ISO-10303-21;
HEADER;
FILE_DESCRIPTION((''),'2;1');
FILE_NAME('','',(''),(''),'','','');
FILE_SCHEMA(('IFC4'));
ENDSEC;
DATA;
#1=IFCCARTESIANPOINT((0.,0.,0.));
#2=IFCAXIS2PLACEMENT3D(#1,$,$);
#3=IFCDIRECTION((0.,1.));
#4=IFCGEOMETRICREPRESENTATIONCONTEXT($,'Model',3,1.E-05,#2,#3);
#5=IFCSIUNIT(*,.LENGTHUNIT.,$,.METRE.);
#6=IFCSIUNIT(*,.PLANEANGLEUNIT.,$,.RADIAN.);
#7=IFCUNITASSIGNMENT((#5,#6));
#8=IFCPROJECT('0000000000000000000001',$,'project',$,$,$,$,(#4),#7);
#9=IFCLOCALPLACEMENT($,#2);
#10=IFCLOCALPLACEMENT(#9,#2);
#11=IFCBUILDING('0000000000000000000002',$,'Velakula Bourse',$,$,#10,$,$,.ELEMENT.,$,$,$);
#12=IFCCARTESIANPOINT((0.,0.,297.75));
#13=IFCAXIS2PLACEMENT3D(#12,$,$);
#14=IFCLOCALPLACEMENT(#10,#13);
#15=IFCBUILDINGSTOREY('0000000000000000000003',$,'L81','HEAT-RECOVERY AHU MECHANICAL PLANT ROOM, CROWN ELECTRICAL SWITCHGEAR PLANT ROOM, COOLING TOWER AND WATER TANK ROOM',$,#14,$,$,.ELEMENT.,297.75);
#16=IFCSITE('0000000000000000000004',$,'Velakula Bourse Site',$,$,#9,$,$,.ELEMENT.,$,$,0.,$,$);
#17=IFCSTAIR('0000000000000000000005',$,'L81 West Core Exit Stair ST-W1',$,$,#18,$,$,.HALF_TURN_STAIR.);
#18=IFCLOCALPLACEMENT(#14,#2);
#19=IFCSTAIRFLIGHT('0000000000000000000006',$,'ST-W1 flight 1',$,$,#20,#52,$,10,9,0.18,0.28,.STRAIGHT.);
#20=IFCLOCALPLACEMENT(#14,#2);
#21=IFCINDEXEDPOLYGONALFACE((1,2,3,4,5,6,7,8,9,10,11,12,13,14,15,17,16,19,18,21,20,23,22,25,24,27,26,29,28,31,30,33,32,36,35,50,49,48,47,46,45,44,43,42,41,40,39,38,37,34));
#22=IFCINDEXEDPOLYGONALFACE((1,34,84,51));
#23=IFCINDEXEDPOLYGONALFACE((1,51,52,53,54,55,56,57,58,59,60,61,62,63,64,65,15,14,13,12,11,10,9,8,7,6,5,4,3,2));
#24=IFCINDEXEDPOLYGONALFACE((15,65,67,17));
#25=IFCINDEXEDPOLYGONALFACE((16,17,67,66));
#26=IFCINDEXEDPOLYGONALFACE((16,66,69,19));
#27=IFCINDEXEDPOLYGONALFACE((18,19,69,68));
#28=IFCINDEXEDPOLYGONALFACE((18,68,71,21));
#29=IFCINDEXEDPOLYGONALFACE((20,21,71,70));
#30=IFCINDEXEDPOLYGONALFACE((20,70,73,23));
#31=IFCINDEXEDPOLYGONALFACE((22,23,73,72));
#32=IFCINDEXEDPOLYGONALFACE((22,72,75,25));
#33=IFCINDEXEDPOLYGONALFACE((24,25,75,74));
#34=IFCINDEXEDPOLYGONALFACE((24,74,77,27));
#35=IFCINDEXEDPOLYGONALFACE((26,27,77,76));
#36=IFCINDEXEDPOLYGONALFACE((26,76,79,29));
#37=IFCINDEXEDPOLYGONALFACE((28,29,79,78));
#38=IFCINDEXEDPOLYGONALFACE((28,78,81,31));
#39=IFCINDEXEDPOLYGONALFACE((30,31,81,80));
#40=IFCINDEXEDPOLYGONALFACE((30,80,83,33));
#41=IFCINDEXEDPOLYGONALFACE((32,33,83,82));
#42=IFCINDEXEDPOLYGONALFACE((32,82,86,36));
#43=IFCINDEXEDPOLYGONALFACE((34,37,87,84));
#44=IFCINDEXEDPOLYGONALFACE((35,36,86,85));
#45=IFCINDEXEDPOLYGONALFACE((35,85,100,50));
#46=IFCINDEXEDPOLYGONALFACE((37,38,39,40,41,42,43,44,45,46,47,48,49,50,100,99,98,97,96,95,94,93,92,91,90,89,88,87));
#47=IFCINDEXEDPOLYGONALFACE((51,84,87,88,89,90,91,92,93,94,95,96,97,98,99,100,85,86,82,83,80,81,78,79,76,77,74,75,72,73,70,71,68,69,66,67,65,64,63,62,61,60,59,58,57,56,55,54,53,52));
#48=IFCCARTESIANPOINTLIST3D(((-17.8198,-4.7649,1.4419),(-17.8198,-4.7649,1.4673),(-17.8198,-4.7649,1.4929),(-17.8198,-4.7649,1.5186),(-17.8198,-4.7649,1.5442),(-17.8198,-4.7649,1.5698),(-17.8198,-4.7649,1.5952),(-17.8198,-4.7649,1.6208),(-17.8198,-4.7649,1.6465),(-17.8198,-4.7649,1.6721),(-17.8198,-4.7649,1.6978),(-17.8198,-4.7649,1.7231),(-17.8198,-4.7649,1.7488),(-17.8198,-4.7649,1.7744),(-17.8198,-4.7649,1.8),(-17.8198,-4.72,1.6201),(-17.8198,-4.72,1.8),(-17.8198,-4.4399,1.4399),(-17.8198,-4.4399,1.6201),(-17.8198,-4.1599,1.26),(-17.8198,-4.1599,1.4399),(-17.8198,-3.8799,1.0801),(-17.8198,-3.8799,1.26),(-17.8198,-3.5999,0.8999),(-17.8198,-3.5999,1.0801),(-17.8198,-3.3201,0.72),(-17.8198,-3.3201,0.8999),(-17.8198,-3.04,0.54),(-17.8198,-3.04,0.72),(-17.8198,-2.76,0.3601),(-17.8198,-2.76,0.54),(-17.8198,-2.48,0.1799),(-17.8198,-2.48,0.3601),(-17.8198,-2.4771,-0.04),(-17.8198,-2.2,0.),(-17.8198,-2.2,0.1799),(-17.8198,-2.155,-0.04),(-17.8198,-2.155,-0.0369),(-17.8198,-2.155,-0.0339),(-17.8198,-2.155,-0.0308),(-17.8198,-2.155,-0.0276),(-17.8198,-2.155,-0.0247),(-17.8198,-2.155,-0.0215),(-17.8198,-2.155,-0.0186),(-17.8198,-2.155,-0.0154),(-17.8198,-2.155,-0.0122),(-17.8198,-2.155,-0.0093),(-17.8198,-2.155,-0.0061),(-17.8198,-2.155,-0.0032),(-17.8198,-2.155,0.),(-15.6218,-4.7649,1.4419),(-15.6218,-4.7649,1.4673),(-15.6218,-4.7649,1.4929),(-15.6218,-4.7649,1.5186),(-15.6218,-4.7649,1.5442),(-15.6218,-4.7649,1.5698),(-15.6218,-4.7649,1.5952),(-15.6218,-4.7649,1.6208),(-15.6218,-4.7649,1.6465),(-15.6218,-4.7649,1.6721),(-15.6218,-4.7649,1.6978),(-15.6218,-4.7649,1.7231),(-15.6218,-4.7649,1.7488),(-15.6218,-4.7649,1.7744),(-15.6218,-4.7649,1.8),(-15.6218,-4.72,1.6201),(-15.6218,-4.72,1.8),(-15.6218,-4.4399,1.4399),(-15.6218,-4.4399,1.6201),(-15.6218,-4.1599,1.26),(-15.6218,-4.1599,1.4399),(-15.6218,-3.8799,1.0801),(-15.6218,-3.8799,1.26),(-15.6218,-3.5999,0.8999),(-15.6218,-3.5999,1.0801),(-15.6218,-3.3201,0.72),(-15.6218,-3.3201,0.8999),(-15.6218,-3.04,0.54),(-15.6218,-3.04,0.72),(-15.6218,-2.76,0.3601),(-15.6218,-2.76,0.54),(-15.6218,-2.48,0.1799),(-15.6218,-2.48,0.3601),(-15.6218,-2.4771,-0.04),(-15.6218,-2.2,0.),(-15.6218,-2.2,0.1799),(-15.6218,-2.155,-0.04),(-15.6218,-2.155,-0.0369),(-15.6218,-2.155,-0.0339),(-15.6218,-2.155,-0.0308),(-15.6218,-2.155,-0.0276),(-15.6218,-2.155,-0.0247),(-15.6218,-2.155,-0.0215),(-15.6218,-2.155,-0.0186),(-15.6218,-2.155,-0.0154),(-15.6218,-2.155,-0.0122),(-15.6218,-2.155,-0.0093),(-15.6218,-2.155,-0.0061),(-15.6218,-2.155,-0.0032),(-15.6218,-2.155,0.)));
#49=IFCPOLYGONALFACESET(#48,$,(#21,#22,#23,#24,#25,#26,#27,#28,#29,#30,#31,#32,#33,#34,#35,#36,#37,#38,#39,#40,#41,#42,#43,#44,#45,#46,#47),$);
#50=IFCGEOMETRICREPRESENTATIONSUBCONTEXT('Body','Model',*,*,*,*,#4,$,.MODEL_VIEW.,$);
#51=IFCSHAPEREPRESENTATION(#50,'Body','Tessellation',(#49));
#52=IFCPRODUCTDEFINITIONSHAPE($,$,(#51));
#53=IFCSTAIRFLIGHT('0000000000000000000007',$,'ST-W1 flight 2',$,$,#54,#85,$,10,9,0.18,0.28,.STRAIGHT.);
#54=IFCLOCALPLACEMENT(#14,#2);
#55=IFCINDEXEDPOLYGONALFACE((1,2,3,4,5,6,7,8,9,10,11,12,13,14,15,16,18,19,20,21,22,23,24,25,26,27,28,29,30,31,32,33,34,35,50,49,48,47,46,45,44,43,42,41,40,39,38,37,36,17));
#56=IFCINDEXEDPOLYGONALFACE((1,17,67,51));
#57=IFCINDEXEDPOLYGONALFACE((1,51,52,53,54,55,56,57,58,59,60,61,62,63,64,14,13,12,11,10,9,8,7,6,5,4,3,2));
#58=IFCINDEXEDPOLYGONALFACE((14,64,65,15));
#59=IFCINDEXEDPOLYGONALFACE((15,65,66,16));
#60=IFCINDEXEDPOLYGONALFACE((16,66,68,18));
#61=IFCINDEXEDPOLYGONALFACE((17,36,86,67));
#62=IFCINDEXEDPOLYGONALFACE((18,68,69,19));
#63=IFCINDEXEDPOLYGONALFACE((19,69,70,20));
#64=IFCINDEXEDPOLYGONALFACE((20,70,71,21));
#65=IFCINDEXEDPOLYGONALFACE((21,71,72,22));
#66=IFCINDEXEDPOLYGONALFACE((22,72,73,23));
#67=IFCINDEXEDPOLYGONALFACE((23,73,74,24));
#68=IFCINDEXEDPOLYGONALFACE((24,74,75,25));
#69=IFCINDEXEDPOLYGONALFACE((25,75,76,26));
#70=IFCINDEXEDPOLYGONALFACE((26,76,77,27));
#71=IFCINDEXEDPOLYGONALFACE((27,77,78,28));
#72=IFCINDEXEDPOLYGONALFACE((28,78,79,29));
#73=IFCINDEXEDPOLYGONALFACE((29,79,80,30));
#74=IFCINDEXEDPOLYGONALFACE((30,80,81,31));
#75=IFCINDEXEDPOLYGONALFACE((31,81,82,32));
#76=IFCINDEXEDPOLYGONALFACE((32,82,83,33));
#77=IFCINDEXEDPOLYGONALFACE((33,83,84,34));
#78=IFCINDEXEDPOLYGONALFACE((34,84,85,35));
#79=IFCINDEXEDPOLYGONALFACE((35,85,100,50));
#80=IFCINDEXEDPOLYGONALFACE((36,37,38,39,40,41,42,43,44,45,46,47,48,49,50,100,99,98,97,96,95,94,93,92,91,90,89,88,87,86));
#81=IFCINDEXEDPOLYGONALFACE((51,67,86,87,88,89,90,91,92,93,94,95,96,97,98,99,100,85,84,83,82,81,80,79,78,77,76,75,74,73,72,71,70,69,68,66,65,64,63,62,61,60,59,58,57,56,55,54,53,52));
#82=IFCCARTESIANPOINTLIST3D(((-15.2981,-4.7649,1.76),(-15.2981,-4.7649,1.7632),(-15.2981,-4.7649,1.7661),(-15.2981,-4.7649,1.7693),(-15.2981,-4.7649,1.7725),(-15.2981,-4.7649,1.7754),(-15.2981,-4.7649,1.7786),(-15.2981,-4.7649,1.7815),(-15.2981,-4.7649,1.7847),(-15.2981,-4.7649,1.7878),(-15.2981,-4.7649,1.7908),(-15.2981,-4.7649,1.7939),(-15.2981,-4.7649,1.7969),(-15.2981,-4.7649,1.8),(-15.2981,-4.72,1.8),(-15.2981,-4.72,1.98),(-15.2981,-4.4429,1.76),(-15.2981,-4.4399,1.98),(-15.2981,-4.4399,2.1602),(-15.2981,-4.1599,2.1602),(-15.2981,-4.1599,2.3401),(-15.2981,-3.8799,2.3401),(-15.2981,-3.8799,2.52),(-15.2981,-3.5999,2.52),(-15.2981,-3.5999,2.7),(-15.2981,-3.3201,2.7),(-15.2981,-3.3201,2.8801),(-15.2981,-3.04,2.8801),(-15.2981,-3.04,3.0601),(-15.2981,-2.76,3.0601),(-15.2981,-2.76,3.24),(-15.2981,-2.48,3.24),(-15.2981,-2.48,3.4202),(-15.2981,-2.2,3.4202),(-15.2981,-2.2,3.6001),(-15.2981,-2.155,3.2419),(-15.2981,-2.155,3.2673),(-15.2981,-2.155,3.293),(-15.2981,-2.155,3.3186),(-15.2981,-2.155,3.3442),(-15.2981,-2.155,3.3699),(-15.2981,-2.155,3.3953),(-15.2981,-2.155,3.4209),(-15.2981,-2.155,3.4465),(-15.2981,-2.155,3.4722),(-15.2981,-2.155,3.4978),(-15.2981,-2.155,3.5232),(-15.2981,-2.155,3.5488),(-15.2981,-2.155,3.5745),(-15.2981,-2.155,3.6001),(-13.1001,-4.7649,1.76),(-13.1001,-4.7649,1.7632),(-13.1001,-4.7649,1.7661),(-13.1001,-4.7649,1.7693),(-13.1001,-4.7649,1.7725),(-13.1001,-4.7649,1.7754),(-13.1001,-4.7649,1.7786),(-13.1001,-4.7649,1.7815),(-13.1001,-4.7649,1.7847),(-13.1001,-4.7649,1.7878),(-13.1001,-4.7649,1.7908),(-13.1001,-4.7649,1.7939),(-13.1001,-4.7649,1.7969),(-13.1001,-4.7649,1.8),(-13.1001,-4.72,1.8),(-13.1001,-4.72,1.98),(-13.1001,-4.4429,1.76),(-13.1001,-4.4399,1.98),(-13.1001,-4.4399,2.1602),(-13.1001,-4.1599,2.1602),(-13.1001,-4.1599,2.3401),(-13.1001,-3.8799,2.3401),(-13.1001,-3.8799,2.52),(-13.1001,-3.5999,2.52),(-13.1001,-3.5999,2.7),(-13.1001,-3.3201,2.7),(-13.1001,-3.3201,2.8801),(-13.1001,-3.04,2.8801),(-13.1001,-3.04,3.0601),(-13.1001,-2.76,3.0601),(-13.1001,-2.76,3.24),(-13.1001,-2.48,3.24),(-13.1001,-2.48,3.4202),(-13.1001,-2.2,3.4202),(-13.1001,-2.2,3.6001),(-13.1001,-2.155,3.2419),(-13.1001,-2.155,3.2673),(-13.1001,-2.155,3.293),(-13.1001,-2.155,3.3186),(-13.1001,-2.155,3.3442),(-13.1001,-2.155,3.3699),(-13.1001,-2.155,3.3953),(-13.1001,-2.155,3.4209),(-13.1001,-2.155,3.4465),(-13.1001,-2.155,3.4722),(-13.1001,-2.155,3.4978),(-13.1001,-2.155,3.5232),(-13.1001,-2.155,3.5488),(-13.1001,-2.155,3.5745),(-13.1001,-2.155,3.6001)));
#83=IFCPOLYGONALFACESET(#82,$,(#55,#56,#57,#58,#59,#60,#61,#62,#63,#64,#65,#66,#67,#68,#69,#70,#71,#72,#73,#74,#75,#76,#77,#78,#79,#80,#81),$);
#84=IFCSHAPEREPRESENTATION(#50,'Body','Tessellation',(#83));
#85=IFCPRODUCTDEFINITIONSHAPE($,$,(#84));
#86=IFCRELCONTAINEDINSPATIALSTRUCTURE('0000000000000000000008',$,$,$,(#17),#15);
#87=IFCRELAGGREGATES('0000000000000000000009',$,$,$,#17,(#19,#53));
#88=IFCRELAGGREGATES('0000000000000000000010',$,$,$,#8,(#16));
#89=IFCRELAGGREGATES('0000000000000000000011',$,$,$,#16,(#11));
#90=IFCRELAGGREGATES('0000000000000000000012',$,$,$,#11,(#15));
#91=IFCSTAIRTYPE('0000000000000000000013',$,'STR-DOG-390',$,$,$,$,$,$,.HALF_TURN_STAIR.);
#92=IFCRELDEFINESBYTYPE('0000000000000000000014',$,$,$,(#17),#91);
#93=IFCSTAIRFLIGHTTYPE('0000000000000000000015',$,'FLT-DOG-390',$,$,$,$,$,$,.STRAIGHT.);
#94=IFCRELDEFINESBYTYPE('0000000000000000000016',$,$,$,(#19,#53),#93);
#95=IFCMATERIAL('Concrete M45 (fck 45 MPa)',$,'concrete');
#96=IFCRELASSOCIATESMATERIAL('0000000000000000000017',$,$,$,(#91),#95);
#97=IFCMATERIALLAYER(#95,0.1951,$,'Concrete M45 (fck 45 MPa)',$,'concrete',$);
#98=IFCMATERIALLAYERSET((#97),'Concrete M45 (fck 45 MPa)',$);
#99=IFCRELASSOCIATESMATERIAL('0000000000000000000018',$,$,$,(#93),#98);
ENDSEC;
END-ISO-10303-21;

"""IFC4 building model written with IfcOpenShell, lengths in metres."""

from ifc_helpers import new_model, si_unit, direction, frame, origin, place, context, subcontext, project, spatial, polyline, outline, extrude, material, layer, layer_set, type_object, element, aggregate, save


model = new_model("IFC4")

# Units and contexts
model_context = context("Model", 3, precision=1e-05, world=origin(), true_north=direction((0.0, 1.0)))
body_context = subcontext(model_context, "Body", "Model", "MODEL_VIEW")
ifc_project = project(units=[si_unit("LENGTHUNIT", "METRE"), si_unit("PLANEANGLEUNIT", "RADIAN")], contexts=[model_context])

# Site, building, storey
site_placement = place(None, origin())
site = spatial("IfcSite", under=ifc_project, at=site_placement, Name="Velakula Bourse Site", CompositionType="ELEMENT", RefElevation=0.0)
building_placement = place(site_placement, origin())
building = spatial("IfcBuilding", under=site, at=building_placement, Name="Velakula Bourse", CompositionType="ELEMENT")
storey_placement = place(building_placement, frame((0.0, 0.0, 297.75)))
storey = spatial("IfcBuildingStorey", under=building, at=storey_placement, Name="L81", Description="HEAT-RECOVERY AHU MECHANICAL PLANT ROOM, CROWN ELECTRICAL SWITCHGEAR PLANT ROOM, COOLING TOWER AND WATER TANK ROOM", CompositionType="ELEMENT", Elevation=297.75)

# Stair, stair flights
ifc_material_1 = material(Name="Concrete M45 (fck 45 MPa)", Category="concrete")
stair_type = type_object("IfcStairType", Name="STR-DOG-390", PredefinedType="HALF_TURN_STAIR", material=ifc_material_1)
stair_placement = place(storey_placement, origin())
stair = element("IfcStair", 1, at=stair_placement, inside=storey, type_object=stair_type, Name="L81 West Core Exit Stair ST-W1", PredefinedType="HALF_TURN_STAIR")
ifc_layer_1 = layer(ifc_material_1, 0.1951, Name="Concrete M45 (fck 45 MPa)", Category="concrete")
ifc_layer_set_1 = layer_set([ifc_layer_1], Name="Concrete M45 (fck 45 MPa)")
stair_flight_type = type_object("IfcStairFlightType", Name="FLT-DOG-390", PredefinedType="STRAIGHT", material=ifc_layer_set_1)
stair_flight_1_placement = place(storey_placement, frame((-16.7209, -2.2, 0.0), z_axis=(0.0, 0.0, 1.0), x_axis=(0.0, -1.0, 0.0)))
stair_flight_1 = element("IfcStairFlight", 2, at=stair_flight_1_placement, type_object=stair_flight_type, Name="ST-W1 flight 1", NumberOfRisers=10, NumberOfTreads=9, PredefinedType="STRAIGHT", RiserHeight=0.18, TreadLength=0.28, context=body_context, shape_type="SweptSolid", body=[
    extrude(outline(polyline([(-0.0449, -0.04), (-0.0449, -0.0369), (-0.0449, -0.0339), (-0.0449, -0.0308), (-0.0449, -0.0276), (-0.0449, -0.0247), (-0.0449, -0.0215), (-0.0449, -0.0186), (-0.0449, -0.0154), (-0.0449, -0.0122), (-0.0449, -0.0093), (-0.0449, -0.0061), (-0.0449, -0.0032), (-0.0449, 0.0), (0.0, 0.0), (0.0, 0.1799), (0.28, 0.1799), (0.28, 0.3601), (0.5601, 0.3601), (0.5601, 0.54), (0.8401, 0.54), (0.8401, 0.72), (1.1201, 0.72), (1.1201, 0.8999), (1.3999, 0.8999), (1.3999, 1.0801), (1.6799, 1.0801), (1.6799, 1.26), (1.96, 1.26), (1.96, 1.4399), (2.24, 1.4399), (2.24, 1.6201), (2.52, 1.6201), (2.52, 1.8), (2.5649, 1.8), (2.5649, 1.7744), (2.5649, 1.7488), (2.5649, 1.7231), (2.5649, 1.6978), (2.5649, 1.6721), (2.5649, 1.6465), (2.5649, 1.6208), (2.5649, 1.5952), (2.5649, 1.5698), (2.5649, 1.5442), (2.5649, 1.5186), (2.5649, 1.4929), (2.5649, 1.4673), (2.5649, 1.4419), (0.2771, -0.04), (-0.0449, -0.04)])), frame((0.0, 1.0991, 0.0), z_axis=(0.0, -1.0, 0.0), x_axis=(1.0, 0.0, 0.0)), (0.0, 0.0, 1.0), 2.198),
])
stair_flight_2_placement = place(storey_placement, frame((-14.199, -4.72, 1.8), z_axis=(0.0, 0.0, 1.0), x_axis=(0.0, 1.0, 0.0)))
stair_flight_2 = element("IfcStairFlight", 3, at=stair_flight_2_placement, type_object=stair_flight_type, Name="ST-W1 flight 2", NumberOfRisers=10, NumberOfTreads=9, PredefinedType="STRAIGHT", RiserHeight=0.18, TreadLength=0.28, context=body_context, shape_type="SweptSolid", body=[
    extrude(outline(polyline([(-0.0449, -0.04), (-0.0449, -0.0369), (-0.0449, -0.0339), (-0.0449, -0.0308), (-0.0449, -0.0276), (-0.0449, -0.0247), (-0.0449, -0.0215), (-0.0449, -0.0186), (-0.0449, -0.0154), (-0.0449, -0.0122), (-0.0449, -0.0093), (-0.0449, -0.0061), (-0.0449, -0.0032), (-0.0449, 0.0), (0.0, 0.0), (0.0, 0.1799), (0.28, 0.1799), (0.28, 0.3601), (0.5601, 0.3601), (0.5601, 0.54), (0.8401, 0.54), (0.8401, 0.72), (1.1201, 0.72), (1.1201, 0.8999), (1.3999, 0.8999), (1.3999, 1.0801), (1.6799, 1.0801), (1.6799, 1.26), (1.96, 1.26), (1.96, 1.4399), (2.24, 1.4399), (2.24, 1.6201), (2.52, 1.6201), (2.52, 1.8), (2.5649, 1.8), (2.5649, 1.7744), (2.5649, 1.7488), (2.5649, 1.7231), (2.5649, 1.6978), (2.5649, 1.6721), (2.5649, 1.6465), (2.5649, 1.6208), (2.5649, 1.5952), (2.5649, 1.5698), (2.5649, 1.5442), (2.5649, 1.5186), (2.5649, 1.4929), (2.5649, 1.4673), (2.5649, 1.4419), (0.2771, -0.04), (-0.0449, -0.04)])), frame((0.0, 1.0991, 0.0), z_axis=(0.0, -1.0, 0.0), x_axis=(1.0, 0.0, 0.0)), (0.0, 0.0, 1.0), 2.198),
])
aggregate(stair, [stair_flight_1, stair_flight_2])

save(model, "model.ifc")
